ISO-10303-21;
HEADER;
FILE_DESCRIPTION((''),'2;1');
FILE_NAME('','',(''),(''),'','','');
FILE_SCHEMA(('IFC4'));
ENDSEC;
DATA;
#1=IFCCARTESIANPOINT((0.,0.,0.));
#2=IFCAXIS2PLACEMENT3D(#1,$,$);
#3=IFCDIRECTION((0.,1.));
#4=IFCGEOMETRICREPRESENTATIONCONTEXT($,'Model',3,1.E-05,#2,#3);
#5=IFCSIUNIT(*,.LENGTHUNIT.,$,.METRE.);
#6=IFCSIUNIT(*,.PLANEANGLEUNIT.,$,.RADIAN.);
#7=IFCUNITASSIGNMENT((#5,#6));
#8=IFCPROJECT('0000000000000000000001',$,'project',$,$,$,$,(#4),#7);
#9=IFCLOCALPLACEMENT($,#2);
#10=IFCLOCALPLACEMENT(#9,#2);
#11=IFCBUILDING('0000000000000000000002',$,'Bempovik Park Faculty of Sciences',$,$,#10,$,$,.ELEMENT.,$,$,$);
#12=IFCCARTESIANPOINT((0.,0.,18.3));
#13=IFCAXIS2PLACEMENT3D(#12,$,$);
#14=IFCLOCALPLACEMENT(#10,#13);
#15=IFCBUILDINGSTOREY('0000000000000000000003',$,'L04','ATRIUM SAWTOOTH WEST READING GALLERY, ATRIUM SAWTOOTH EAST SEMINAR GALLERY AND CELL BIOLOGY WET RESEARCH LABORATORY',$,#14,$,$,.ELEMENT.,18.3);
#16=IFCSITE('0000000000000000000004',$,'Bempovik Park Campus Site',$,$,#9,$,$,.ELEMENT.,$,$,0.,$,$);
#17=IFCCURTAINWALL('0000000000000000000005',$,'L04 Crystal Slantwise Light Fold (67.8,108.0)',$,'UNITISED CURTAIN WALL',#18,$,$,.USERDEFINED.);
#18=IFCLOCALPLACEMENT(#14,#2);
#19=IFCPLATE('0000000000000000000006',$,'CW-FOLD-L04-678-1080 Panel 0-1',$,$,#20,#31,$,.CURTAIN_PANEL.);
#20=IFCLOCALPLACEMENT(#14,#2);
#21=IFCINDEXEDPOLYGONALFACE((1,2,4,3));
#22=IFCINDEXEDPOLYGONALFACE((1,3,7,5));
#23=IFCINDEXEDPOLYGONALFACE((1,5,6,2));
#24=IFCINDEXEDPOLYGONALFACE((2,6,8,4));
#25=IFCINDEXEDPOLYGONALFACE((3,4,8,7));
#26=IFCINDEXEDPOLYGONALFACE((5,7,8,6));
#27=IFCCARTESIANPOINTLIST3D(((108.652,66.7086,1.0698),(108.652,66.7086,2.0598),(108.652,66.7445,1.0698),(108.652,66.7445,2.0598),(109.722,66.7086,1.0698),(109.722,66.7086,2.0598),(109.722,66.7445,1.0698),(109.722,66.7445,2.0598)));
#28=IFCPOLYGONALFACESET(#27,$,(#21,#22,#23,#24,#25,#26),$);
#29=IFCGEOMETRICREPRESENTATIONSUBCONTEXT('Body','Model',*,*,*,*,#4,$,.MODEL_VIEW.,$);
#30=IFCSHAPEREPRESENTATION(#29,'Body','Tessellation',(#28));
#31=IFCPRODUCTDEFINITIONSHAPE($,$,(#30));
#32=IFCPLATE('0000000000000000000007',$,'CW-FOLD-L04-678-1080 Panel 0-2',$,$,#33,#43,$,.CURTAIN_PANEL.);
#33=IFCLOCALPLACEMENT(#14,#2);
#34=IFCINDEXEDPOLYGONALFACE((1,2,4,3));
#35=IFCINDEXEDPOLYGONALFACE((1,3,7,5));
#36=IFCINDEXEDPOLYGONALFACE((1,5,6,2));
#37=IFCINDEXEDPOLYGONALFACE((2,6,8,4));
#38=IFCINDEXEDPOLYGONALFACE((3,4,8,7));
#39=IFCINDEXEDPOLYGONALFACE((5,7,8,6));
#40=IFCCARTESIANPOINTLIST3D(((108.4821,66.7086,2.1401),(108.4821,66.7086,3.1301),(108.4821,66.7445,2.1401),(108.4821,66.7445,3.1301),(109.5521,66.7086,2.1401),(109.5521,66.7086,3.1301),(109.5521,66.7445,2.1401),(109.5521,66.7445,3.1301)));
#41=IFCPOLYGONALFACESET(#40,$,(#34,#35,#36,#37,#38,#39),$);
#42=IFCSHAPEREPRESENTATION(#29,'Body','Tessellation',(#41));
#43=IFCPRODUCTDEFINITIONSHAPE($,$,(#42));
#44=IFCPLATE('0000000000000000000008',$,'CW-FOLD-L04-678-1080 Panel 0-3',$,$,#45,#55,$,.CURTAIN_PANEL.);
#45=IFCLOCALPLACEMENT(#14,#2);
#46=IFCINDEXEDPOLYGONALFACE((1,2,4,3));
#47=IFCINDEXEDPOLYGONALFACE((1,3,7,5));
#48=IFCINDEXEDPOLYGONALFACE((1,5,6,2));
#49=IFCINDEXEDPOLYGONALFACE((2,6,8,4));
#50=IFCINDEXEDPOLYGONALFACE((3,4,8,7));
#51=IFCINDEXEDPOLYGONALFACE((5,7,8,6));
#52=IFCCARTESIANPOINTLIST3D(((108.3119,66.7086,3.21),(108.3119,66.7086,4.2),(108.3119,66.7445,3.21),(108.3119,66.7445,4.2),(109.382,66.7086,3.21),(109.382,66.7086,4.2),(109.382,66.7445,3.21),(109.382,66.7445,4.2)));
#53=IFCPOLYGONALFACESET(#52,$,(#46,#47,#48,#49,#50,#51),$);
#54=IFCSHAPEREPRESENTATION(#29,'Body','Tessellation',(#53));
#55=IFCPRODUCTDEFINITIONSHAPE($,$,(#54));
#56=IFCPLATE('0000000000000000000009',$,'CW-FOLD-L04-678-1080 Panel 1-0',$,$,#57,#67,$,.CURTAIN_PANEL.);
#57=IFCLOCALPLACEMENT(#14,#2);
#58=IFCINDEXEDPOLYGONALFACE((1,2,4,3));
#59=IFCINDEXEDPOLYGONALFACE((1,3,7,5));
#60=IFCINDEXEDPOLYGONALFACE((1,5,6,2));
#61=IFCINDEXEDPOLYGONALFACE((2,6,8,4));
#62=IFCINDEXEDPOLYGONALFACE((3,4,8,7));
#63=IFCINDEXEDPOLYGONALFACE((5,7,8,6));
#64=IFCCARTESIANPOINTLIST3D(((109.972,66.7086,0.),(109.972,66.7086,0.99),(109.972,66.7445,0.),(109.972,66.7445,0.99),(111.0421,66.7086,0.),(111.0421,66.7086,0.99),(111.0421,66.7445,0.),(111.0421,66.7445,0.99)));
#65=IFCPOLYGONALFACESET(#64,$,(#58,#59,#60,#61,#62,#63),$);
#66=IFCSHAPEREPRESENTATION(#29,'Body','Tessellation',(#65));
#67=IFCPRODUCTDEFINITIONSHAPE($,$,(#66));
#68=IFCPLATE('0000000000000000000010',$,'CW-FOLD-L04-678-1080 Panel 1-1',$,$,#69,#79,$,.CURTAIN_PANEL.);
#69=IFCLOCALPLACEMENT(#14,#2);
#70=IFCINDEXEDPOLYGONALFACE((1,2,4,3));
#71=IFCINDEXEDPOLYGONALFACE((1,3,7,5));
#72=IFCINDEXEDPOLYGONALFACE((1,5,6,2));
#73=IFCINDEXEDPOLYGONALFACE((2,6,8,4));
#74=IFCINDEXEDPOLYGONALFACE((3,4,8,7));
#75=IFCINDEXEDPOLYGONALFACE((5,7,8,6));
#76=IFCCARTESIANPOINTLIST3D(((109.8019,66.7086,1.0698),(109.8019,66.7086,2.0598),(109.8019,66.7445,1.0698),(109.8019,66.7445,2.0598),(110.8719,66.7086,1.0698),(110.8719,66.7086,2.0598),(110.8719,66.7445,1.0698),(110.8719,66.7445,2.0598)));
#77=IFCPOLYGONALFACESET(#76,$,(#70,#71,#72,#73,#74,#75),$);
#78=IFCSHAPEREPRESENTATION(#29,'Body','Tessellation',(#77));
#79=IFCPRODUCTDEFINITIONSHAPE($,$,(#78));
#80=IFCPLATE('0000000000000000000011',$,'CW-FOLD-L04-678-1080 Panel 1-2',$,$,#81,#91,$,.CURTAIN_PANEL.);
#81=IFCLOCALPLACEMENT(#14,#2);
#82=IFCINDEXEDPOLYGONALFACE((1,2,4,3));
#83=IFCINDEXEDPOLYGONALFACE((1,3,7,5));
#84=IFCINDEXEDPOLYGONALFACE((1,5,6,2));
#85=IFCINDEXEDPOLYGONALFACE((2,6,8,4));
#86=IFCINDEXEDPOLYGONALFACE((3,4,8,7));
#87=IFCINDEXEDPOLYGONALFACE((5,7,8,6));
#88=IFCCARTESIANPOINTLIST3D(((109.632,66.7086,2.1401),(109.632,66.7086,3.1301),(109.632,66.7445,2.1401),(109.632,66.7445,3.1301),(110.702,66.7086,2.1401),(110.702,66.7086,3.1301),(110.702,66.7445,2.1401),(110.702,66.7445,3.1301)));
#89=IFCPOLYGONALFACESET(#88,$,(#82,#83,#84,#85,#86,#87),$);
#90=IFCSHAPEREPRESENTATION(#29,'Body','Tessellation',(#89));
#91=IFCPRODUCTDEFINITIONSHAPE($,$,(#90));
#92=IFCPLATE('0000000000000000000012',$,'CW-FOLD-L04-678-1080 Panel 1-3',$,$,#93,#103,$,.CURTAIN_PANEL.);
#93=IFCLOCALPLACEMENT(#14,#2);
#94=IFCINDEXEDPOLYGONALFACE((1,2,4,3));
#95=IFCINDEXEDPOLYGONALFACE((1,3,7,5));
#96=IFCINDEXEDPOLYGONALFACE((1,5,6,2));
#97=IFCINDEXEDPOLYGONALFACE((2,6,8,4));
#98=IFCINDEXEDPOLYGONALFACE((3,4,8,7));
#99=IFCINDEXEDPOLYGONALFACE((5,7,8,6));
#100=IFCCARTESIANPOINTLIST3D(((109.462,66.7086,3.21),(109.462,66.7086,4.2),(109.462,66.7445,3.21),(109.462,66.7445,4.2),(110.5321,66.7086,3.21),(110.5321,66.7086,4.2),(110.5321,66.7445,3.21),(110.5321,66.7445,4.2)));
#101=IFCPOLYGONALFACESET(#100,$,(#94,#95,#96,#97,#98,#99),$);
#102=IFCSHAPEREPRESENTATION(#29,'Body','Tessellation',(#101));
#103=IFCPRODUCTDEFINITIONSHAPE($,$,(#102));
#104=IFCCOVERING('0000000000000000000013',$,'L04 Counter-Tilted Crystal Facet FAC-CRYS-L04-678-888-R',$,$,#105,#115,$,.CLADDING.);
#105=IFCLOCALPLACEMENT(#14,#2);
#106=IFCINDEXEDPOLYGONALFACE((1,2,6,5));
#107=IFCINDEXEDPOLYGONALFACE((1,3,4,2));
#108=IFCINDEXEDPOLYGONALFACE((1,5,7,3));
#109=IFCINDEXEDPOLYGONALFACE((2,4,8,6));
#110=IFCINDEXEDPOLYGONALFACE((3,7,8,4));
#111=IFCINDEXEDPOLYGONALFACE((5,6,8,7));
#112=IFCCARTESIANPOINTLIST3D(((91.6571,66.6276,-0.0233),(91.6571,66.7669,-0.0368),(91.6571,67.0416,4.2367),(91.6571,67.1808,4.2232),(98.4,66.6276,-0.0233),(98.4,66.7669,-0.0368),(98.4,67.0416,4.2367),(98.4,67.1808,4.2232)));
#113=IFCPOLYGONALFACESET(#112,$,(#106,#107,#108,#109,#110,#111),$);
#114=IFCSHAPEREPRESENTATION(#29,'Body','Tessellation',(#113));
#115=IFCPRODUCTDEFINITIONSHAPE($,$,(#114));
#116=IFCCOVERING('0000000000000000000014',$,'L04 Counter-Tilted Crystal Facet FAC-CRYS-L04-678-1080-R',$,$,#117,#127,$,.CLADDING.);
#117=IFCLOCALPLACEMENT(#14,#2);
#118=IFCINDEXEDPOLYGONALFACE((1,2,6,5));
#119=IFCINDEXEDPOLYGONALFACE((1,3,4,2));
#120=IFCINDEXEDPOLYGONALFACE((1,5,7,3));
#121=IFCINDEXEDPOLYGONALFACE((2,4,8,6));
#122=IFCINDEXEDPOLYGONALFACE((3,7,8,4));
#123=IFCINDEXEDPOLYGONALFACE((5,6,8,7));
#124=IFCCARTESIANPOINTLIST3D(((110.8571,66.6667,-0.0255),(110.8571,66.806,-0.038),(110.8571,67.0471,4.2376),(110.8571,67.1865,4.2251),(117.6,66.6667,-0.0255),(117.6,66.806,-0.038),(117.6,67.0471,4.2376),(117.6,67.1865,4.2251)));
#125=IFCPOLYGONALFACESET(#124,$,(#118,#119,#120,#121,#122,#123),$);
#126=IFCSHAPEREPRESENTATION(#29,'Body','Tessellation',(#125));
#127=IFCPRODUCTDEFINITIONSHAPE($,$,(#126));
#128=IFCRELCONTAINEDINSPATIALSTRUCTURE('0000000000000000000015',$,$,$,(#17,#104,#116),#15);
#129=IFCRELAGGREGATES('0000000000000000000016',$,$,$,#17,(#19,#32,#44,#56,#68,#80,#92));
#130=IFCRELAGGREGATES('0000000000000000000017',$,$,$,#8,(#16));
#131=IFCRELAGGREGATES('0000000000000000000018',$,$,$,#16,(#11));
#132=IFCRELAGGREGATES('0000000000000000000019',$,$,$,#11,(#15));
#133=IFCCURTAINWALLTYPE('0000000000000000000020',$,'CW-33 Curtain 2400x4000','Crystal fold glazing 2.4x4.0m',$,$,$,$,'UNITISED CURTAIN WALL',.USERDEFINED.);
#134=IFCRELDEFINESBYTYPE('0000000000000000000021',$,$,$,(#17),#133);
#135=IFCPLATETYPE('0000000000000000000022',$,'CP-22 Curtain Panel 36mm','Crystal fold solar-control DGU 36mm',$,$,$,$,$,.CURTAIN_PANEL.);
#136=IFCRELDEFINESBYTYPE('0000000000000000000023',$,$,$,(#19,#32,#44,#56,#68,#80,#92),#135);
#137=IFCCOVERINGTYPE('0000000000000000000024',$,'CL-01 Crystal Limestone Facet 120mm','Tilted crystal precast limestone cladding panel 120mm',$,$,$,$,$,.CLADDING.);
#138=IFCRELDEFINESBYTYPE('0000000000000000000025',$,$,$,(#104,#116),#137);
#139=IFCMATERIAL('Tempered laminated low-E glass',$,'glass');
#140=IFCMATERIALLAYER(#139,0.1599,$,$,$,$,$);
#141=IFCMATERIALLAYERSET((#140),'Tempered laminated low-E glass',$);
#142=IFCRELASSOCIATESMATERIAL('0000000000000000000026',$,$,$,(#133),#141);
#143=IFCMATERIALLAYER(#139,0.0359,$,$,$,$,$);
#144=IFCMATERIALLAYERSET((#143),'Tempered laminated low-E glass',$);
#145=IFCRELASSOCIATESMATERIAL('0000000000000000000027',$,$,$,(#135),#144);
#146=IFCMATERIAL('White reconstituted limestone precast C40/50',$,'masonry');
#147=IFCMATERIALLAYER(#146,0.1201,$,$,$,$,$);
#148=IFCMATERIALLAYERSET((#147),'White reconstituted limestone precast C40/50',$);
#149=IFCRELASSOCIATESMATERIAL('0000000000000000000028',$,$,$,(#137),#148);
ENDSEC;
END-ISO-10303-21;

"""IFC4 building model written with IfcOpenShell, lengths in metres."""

from ifc_helpers import new_model, si_unit, direction, frame, origin, origin_2d, place, context, subcontext, project, spatial, rectangle, extrude, material, layer, layer_set, type_object, element, aggregate, save


model = new_model("IFC4")

# Units and contexts
model_context = context("Model", 3, precision=1e-05, world=origin(), true_north=direction((0.0, 1.0)))
body_context = subcontext(model_context, "Body", "Model", "MODEL_VIEW")
ifc_project = project(units=[si_unit("LENGTHUNIT", "METRE"), si_unit("PLANEANGLEUNIT", "RADIAN")], contexts=[model_context])

# Site, building, storey
site_placement = place(None, origin())
site = spatial("IfcSite", under=ifc_project, at=site_placement, Name="Bempovik Park Campus Site", CompositionType="ELEMENT", RefElevation=0.0)
building_placement = place(site_placement, origin())
building = spatial("IfcBuilding", under=site, at=building_placement, Name="Bempovik Park Faculty of Sciences", CompositionType="ELEMENT")
storey_placement = place(building_placement, frame((0.0, 0.0, 18.3)))
storey = spatial("IfcBuildingStorey", under=building, at=storey_placement, Name="L04", Description="ATRIUM SAWTOOTH WEST READING GALLERY, ATRIUM SAWTOOTH EAST SEMINAR GALLERY AND CELL BIOLOGY WET RESEARCH LABORATORY", CompositionType="ELEMENT", Elevation=18.3)

# Shared definitions
ifc_material_1 = material(Name="Tempered laminated low-E glass", Category="glass")
ifc_layer_1 = layer(ifc_material_1, 0.1599)
ifc_layer_set_1 = layer_set([ifc_layer_1], Name="Tempered laminated low-E glass")
curtain_wall_type = type_object("IfcCurtainWallType", Name="CW-33 Curtain 2400x4000", Description="Crystal fold glazing 2.4x4.0m", ElementType="UNITISED CURTAIN WALL", PredefinedType="USERDEFINED", material=ifc_layer_set_1)

# Curtain wall
curtain_wall_1_placement = place(storey_placement, origin())
curtain_wall_1 = element("IfcCurtainWall", 1, at=curtain_wall_1_placement, inside=storey, type_object=curtain_wall_type, Name="L04 Crystal Slantwise Light Fold (67.8,108.0)", ObjectType="UNITISED CURTAIN WALL", PredefinedType="USERDEFINED")

# Plates
ifc_layer_2 = layer(ifc_material_1, 0.0359)
ifc_layer_set_2 = layer_set([ifc_layer_2], Name="Tempered laminated low-E glass")
plate_type = type_object("IfcPlateType", Name="CP-22 Curtain Panel 36mm", Description="Crystal fold solar-control DGU 36mm", PredefinedType="CURTAIN_PANEL", material=ifc_layer_set_2)
plate_1_placement = place(storey_placement, frame((109.187, 66.7266, 1.0698), z_axis=(0.0, 0.0, 1.0), x_axis=(1.0, 0.0, 0.0)))
plate_1 = element("IfcPlate", 2, at=plate_1_placement, type_object=plate_type, Name="CW-FOLD-L04-678-1080 Panel 0-1", PredefinedType="CURTAIN_PANEL", context=body_context, shape_type="SweptSolid", body=[
    extrude(rectangle(XDim=1.0701, YDim=0.0359, at=origin_2d()), origin(), (0.0, 0.0, 1.0), 0.99),
])
plate_2_placement = place(storey_placement, frame((109.0171, 66.7266, 2.1401), z_axis=(0.0, 0.0, 1.0), x_axis=(1.0, 0.0, 0.0)))
plate_2 = element("IfcPlate", 3, at=plate_2_placement, type_object=plate_type, Name="CW-FOLD-L04-678-1080 Panel 0-2", PredefinedType="CURTAIN_PANEL", context=body_context, shape_type="SweptSolid", body=[
    extrude(rectangle(XDim=1.0701, YDim=0.0359, at=origin_2d()), origin(), (0.0, 0.0, 1.0), 0.99),
])
plate_3_placement = place(storey_placement, frame((108.8469, 66.7266, 3.21), z_axis=(0.0, 0.0, 1.0), x_axis=(1.0, 0.0, 0.0)))
plate_3 = element("IfcPlate", 4, at=plate_3_placement, type_object=plate_type, Name="CW-FOLD-L04-678-1080 Panel 0-3", PredefinedType="CURTAIN_PANEL", context=body_context, shape_type="SweptSolid", body=[
    extrude(rectangle(XDim=1.0701, YDim=0.0359, at=origin_2d()), origin(), (0.0, 0.0, 1.0), 0.99),
])
plate_4_placement = place(storey_placement, frame((110.5071, 66.7266, 0.0), z_axis=(0.0, 0.0, 1.0), x_axis=(1.0, 0.0, 0.0)))
plate_4 = element("IfcPlate", 5, at=plate_4_placement, type_object=plate_type, Name="CW-FOLD-L04-678-1080 Panel 1-0", PredefinedType="CURTAIN_PANEL", context=body_context, shape_type="SweptSolid", body=[
    extrude(rectangle(XDim=1.0701, YDim=0.0359, at=origin_2d()), origin(), (0.0, 0.0, 1.0), 0.99),
])
plate_5_placement = place(storey_placement, frame((110.3369, 66.7266, 1.0698), z_axis=(0.0, 0.0, 1.0), x_axis=(1.0, 0.0, 0.0)))
plate_5 = element("IfcPlate", 6, at=plate_5_placement, type_object=plate_type, Name="CW-FOLD-L04-678-1080 Panel 1-1", PredefinedType="CURTAIN_PANEL", context=body_context, shape_type="SweptSolid", body=[
    extrude(rectangle(XDim=1.0701, YDim=0.0359, at=origin_2d()), origin(), (0.0, 0.0, 1.0), 0.99),
])
plate_6_placement = place(storey_placement, frame((110.167, 66.7266, 2.1401), z_axis=(0.0, 0.0, 1.0), x_axis=(1.0, 0.0, 0.0)))
plate_6 = element("IfcPlate", 7, at=plate_6_placement, type_object=plate_type, Name="CW-FOLD-L04-678-1080 Panel 1-2", PredefinedType="CURTAIN_PANEL", context=body_context, shape_type="SweptSolid", body=[
    extrude(rectangle(XDim=1.0701, YDim=0.0359, at=origin_2d()), origin(), (0.0, 0.0, 1.0), 0.99),
])
plate_7_placement = place(storey_placement, frame((109.9971, 66.7266, 3.21), z_axis=(0.0, 0.0, 1.0), x_axis=(1.0, 0.0, 0.0)))
plate_7 = element("IfcPlate", 8, at=plate_7_placement, type_object=plate_type, Name="CW-FOLD-L04-678-1080 Panel 1-3", PredefinedType="CURTAIN_PANEL", context=body_context, shape_type="SweptSolid", body=[
    extrude(rectangle(XDim=1.0701, YDim=0.0359, at=origin_2d()), origin(), (0.0, 0.0, 1.0), 0.99),
])
aggregate(curtain_wall_1, [plate_1, plate_2, plate_3, plate_4, plate_5, plate_6, plate_7])

# Coverings
ifc_material_2 = material(Name="White reconstituted limestone precast C40/50", Category="masonry")
ifc_layer_3 = layer(ifc_material_2, 0.1201)
ifc_layer_set_3 = layer_set([ifc_layer_3], Name="White reconstituted limestone precast C40/50")
covering_type = type_object("IfcCoveringType", Name="CL-01 Crystal Limestone Facet 120mm", Description="Tilted crystal precast limestone cladding panel 120mm", PredefinedType="CLADDING", material=ifc_layer_set_3)
for number, where, z_axis, x_axis, name in (
    (9, (95.0286, 66.6973, -0.03), (0.0, 0.096714, 0.995312), (1.0, 0.0, 0.0), "L04 Counter-Tilted Crystal Facet FAC-CRYS-L04-678-888-R"),
    (10, (114.2285, 66.7363, -0.0317), (0.0, 0.088894, 0.996041), (1.0, 0.0, 0.0), "L04 Counter-Tilted Crystal Facet FAC-CRYS-L04-678-1080-R"),
):
    element("IfcCovering", number, at=place(storey_placement, frame(where, z_axis=z_axis, x_axis=x_axis)), inside=storey, type_object=covering_type, Name=name, PredefinedType="CLADDING", context=body_context, shape_type="SweptSolid", body=[
        extrude(rectangle(XDim=6.7429, YDim=0.1399, at=origin_2d()), origin(), (0.0, 0.0, 1.0), 4.28),
    ])

save(model, "model.ifc")
